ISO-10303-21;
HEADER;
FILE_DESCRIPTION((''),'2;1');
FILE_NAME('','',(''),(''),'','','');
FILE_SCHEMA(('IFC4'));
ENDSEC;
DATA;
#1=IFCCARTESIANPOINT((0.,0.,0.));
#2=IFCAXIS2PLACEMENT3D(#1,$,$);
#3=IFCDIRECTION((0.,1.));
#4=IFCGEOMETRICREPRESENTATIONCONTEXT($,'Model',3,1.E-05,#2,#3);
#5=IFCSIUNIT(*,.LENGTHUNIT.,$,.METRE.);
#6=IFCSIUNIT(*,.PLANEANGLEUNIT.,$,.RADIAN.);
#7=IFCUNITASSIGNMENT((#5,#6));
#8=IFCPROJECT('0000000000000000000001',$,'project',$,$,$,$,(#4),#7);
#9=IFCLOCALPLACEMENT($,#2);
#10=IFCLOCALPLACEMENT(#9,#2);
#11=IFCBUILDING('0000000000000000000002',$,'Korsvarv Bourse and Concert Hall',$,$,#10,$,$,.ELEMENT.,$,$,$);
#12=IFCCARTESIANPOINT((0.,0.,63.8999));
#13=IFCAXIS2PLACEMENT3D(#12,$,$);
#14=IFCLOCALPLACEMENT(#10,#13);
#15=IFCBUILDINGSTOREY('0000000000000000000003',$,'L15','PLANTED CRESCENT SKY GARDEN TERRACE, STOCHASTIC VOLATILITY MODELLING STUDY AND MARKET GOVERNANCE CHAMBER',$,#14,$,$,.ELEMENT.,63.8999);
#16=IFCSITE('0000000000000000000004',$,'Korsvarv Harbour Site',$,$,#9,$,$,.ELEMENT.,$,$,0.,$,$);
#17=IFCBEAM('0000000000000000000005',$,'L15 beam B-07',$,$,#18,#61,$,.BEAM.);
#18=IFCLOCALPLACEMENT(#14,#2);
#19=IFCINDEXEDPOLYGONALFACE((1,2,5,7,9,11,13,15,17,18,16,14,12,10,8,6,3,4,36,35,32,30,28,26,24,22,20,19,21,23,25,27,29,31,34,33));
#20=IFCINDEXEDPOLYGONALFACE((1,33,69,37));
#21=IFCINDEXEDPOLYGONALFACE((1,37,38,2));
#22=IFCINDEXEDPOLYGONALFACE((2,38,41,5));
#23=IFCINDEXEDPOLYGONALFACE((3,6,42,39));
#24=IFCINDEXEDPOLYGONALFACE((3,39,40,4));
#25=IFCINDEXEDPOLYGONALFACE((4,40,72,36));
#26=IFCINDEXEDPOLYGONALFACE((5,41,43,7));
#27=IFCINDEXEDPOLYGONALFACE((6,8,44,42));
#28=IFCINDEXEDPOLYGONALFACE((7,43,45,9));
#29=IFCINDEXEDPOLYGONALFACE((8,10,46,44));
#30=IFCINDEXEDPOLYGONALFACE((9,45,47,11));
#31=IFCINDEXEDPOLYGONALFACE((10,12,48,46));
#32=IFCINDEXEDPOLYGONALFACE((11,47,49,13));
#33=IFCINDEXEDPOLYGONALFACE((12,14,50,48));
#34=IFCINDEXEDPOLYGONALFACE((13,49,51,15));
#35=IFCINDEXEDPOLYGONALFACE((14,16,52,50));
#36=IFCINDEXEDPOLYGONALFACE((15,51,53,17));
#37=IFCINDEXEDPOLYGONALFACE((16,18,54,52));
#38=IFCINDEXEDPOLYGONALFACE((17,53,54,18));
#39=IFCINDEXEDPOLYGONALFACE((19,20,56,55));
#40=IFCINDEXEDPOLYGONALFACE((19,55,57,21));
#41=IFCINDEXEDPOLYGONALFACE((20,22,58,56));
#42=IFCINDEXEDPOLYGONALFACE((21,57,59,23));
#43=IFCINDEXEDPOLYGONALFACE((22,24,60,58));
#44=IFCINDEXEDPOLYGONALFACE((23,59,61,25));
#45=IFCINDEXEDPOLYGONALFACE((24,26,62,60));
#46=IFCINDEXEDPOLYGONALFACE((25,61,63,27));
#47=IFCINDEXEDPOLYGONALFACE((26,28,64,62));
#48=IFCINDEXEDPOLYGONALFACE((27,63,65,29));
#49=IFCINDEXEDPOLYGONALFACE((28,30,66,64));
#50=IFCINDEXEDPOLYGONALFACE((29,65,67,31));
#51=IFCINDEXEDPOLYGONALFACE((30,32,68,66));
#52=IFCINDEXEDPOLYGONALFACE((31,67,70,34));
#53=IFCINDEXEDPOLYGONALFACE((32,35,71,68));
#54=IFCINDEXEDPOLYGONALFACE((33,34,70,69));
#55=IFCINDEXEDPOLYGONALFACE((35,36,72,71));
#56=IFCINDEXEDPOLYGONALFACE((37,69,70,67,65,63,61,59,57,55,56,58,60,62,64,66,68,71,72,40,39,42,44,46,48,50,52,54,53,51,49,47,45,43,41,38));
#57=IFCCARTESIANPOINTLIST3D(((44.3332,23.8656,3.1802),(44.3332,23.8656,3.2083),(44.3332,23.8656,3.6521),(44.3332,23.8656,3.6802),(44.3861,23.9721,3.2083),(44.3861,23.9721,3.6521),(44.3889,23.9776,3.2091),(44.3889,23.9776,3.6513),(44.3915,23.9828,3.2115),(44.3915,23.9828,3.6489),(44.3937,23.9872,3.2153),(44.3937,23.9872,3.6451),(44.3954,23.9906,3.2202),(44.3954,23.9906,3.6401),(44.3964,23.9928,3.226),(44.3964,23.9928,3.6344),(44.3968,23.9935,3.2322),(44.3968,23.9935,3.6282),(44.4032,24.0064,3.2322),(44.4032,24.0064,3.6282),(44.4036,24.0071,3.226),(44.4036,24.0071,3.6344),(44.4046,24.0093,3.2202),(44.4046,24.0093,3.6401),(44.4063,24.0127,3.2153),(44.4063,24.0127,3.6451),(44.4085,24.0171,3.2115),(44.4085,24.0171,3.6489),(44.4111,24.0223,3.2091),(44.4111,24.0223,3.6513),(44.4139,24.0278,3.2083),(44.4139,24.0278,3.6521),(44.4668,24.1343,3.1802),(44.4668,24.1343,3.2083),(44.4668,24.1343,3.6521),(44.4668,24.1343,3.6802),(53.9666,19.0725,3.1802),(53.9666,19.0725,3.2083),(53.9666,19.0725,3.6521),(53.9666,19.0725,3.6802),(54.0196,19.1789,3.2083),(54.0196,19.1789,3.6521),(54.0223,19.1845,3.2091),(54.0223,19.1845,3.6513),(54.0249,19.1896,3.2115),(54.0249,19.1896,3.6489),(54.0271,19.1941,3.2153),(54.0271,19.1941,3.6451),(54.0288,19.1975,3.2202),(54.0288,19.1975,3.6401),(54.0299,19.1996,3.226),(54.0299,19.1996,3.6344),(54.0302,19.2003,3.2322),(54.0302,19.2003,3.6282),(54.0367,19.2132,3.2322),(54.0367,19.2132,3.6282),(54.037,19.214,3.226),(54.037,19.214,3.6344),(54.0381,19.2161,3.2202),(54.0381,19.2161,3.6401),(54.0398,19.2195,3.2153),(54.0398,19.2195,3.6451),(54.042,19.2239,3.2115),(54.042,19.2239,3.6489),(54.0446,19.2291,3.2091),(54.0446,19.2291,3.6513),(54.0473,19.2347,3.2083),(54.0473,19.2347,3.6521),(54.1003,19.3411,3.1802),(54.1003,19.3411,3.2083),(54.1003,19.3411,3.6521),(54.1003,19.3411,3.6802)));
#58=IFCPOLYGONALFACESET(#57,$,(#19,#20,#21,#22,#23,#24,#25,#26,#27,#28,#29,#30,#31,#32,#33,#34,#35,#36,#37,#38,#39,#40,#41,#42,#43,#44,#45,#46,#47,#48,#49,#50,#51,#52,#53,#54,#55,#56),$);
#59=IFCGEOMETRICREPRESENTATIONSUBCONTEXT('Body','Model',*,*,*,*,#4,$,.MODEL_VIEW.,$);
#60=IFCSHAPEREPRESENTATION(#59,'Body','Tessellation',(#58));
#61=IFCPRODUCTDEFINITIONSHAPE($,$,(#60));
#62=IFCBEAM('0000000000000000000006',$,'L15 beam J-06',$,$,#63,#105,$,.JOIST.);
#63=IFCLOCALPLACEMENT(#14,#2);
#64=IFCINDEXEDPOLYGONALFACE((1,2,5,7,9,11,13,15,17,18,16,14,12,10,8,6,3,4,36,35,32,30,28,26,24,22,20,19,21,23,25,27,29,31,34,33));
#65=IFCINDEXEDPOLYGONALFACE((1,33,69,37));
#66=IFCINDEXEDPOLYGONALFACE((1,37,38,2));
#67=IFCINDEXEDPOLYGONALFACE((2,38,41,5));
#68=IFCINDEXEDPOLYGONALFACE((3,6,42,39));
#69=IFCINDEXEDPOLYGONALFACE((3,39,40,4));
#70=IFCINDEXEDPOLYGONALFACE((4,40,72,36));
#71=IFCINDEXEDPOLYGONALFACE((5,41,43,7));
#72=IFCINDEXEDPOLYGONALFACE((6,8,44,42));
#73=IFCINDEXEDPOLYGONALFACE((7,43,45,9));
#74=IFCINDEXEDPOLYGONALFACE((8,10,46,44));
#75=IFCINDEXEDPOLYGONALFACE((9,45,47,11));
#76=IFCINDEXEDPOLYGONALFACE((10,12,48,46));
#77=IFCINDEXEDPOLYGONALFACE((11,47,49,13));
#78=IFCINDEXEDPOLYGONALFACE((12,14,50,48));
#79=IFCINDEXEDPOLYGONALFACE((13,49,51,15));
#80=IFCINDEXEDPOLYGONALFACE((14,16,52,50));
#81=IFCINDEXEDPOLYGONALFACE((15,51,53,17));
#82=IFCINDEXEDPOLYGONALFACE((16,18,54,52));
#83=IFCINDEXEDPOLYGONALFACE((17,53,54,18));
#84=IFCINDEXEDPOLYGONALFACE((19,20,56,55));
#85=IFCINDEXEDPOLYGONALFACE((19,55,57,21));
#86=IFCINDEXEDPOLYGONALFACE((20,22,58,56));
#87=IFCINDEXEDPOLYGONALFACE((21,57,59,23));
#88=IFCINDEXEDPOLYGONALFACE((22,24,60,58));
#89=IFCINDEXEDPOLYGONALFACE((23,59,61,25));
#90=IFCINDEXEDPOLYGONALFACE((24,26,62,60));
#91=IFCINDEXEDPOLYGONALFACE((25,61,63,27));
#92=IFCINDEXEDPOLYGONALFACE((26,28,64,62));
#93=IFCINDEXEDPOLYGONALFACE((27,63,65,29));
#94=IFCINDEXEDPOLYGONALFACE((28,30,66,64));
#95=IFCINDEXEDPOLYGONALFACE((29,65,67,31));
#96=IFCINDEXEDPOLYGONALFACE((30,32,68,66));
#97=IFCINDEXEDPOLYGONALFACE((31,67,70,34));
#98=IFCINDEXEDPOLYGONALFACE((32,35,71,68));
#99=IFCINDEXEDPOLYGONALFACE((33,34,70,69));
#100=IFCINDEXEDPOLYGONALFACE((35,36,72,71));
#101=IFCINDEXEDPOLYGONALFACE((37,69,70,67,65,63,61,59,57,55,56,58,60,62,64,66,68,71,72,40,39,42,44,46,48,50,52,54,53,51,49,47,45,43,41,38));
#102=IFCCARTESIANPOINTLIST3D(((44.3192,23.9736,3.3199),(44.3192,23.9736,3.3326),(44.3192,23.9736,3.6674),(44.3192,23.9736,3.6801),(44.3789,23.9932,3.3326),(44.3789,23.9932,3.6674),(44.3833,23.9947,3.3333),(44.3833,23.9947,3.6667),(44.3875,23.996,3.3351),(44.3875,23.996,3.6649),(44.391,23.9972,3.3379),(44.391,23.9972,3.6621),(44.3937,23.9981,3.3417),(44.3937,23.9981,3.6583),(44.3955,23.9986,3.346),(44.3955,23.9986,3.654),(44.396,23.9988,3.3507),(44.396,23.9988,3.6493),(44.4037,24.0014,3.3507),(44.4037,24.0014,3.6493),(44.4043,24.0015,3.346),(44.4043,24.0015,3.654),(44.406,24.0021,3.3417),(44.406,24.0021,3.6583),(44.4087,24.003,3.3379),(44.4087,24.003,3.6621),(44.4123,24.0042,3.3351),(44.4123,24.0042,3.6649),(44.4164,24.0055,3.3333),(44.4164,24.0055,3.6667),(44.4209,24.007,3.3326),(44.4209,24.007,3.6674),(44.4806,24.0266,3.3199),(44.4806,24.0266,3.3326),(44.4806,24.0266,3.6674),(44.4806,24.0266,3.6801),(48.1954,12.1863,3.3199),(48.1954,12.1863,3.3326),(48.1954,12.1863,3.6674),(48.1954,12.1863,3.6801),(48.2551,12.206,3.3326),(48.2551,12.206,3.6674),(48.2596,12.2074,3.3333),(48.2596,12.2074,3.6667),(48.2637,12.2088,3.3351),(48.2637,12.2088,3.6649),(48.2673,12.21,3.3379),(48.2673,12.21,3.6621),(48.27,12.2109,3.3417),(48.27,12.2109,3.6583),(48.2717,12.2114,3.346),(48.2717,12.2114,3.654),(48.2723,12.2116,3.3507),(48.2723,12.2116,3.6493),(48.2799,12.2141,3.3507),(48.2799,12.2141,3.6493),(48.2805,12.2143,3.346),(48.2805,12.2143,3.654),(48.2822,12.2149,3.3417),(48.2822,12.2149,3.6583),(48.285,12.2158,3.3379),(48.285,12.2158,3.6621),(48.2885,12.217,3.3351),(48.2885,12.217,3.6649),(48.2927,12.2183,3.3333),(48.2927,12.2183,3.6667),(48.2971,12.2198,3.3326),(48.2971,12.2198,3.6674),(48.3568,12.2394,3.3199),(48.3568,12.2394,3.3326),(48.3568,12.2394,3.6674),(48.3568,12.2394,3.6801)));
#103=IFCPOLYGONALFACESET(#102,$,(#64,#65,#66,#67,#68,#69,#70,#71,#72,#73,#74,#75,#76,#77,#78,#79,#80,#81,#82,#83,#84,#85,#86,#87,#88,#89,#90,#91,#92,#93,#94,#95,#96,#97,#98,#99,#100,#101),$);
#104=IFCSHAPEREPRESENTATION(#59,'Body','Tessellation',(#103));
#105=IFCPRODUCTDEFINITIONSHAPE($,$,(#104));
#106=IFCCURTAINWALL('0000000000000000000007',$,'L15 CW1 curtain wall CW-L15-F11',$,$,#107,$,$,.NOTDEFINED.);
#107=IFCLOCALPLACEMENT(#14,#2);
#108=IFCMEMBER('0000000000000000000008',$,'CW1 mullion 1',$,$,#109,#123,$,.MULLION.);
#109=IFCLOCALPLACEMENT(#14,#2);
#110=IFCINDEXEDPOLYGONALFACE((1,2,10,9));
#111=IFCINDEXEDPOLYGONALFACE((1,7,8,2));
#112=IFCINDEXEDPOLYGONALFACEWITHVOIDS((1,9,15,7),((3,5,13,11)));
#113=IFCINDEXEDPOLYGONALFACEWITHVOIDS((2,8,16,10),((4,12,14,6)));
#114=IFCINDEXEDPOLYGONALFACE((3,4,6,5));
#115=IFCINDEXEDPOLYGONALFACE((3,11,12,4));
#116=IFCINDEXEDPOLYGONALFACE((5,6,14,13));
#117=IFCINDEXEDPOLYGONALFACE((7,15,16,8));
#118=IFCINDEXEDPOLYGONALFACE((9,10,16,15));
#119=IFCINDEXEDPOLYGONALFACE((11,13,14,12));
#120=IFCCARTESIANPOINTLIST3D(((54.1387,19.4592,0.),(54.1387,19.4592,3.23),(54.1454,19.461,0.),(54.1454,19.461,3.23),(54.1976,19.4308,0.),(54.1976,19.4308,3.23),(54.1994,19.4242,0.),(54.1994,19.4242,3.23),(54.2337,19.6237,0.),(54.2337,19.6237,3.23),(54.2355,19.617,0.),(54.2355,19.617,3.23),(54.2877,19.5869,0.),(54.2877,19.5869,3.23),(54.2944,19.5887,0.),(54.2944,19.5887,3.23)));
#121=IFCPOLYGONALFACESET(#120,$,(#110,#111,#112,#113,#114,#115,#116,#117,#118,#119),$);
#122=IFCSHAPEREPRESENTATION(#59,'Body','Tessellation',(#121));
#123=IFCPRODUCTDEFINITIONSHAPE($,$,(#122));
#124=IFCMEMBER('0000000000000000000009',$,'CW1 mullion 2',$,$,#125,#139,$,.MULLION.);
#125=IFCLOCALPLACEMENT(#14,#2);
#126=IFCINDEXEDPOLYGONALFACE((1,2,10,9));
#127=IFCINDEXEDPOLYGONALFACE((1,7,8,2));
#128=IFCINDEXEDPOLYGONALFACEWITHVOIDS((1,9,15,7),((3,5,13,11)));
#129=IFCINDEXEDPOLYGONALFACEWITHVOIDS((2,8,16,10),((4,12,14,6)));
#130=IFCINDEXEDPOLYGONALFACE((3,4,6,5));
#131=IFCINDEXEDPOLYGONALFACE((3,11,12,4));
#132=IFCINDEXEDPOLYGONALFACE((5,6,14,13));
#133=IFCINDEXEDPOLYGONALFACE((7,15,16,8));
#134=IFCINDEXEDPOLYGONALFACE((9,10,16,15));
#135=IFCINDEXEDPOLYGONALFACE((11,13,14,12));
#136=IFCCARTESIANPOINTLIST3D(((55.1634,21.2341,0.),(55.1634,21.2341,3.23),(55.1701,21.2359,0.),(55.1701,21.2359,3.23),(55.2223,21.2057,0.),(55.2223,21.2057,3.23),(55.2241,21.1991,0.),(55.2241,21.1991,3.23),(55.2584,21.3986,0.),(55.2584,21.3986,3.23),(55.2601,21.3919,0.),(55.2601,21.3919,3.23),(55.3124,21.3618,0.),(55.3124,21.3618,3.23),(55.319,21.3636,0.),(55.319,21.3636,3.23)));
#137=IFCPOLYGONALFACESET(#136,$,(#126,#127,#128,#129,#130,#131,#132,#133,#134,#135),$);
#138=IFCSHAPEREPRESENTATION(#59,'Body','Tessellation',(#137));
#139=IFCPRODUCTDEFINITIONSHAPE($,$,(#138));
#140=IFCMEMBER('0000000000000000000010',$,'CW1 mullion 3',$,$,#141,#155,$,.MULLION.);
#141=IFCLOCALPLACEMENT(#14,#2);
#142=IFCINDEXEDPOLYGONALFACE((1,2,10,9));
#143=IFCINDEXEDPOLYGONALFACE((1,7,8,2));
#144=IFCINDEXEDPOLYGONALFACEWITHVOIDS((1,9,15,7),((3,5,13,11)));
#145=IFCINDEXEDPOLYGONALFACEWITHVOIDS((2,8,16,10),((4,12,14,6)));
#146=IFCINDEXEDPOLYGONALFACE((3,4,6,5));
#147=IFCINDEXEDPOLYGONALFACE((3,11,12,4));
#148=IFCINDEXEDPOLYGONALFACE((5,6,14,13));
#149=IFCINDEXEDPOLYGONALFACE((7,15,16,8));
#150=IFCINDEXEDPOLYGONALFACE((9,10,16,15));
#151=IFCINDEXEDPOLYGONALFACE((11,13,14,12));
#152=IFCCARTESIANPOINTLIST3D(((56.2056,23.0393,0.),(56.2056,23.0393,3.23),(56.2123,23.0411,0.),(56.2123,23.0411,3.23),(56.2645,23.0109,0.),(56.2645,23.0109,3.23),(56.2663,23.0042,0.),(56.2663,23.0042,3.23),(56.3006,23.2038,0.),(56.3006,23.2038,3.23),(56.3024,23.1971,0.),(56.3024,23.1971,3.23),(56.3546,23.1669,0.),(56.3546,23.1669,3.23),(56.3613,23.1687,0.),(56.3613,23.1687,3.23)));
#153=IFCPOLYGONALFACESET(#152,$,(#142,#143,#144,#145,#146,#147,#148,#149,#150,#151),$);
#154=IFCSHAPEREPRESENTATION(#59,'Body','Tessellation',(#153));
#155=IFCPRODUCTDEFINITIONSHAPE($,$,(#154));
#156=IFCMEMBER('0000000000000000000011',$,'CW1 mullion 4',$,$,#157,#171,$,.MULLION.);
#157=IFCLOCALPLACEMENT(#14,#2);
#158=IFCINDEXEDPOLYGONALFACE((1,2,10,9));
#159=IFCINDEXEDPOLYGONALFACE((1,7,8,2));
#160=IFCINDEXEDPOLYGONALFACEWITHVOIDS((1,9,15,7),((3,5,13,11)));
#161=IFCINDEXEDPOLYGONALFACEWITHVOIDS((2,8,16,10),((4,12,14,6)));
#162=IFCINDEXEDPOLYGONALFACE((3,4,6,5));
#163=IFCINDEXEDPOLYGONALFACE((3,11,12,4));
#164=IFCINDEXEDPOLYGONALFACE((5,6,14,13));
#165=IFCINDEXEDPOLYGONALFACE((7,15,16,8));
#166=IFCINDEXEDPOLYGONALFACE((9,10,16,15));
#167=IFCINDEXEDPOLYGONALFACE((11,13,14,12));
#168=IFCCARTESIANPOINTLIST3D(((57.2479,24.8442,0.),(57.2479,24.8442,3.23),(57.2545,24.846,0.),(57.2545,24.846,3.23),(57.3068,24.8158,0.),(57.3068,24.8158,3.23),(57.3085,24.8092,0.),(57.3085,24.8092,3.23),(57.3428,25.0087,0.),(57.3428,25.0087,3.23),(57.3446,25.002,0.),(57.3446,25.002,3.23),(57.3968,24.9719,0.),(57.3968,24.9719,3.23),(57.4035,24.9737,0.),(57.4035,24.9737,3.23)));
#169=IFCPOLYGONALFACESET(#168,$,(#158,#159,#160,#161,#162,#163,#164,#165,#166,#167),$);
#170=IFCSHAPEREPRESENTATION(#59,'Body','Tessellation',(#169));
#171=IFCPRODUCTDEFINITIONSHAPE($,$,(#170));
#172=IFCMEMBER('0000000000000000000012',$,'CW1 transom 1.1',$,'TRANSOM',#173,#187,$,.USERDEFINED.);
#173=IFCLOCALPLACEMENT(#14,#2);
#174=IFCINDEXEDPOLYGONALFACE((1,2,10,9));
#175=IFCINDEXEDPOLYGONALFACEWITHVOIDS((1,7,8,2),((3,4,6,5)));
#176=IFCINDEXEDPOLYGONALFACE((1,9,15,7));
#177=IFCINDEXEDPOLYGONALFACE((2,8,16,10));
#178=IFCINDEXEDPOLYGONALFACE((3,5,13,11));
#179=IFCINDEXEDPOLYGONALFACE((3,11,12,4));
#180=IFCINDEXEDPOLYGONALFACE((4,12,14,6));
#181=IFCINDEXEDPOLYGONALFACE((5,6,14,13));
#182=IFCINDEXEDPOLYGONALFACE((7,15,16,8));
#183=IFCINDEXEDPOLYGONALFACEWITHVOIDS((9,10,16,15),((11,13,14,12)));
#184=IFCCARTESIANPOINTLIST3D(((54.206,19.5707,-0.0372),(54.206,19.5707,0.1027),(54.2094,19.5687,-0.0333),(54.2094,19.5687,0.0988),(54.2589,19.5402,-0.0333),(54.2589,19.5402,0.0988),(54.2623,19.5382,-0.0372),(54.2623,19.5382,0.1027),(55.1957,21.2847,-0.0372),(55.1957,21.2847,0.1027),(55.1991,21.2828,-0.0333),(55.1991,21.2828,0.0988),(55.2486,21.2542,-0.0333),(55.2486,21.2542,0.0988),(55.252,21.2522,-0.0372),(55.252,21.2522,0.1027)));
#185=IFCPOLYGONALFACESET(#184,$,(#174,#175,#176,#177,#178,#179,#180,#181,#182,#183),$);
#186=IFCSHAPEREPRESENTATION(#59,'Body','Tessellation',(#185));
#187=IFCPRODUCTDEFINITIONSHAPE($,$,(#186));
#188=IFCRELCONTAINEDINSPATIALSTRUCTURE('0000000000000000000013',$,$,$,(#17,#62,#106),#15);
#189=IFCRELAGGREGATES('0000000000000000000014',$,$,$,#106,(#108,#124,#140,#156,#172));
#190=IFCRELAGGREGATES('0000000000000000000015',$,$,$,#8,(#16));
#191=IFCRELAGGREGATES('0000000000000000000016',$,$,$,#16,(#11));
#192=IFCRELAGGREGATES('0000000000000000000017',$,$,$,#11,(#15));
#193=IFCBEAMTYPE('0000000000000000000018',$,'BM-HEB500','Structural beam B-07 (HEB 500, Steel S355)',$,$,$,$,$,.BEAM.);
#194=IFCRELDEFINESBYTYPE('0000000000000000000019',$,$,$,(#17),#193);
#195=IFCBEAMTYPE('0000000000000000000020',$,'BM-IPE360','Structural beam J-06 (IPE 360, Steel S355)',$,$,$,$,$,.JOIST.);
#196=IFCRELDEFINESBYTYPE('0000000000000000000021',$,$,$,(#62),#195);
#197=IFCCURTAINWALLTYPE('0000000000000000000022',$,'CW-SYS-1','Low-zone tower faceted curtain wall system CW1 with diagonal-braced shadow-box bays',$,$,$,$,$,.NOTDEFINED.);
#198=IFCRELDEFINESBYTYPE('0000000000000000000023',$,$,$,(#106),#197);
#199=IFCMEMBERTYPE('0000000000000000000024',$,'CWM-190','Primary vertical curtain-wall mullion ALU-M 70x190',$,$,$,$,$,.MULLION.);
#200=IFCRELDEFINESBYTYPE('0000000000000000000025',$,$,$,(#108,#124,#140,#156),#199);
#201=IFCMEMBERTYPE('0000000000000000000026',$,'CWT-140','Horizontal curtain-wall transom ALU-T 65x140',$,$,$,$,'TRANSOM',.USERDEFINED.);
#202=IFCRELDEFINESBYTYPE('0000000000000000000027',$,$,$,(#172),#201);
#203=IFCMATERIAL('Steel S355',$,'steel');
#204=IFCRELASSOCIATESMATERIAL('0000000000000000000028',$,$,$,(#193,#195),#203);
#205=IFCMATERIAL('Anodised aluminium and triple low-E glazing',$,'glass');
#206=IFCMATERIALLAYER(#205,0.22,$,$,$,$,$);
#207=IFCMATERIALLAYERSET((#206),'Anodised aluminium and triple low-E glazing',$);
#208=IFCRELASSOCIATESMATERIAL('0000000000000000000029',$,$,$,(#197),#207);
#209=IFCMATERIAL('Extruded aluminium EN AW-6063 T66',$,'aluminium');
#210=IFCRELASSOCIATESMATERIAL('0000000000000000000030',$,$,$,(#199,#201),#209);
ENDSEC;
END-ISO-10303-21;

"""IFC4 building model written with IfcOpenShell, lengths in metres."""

from ifc_helpers import new_model, si_unit, direction, frame, origin, origin_2d, place, context, subcontext, project, spatial, hollow_rectangle, i_section, extrude, source, transform, mapped, material, layer, layer_set, material_profile, profile_set, type_object, element, aggregate, save


model = new_model("IFC4")

# Units and contexts
model_context = context("Model", 3, precision=1e-05, world=origin(), true_north=direction((0.0, 1.0)))
body_context = subcontext(model_context, "Body", "Model", "MODEL_VIEW")
ifc_project = project(units=[si_unit("LENGTHUNIT", "METRE"), si_unit("PLANEANGLEUNIT", "RADIAN")], contexts=[model_context])

# Site, building, storey
site_placement = place(None, origin())
site = spatial("IfcSite", under=ifc_project, at=site_placement, Name="Korsvarv Harbour Site", CompositionType="ELEMENT", RefElevation=0.0)
building_placement = place(site_placement, origin())
building = spatial("IfcBuilding", under=site, at=building_placement, Name="Korsvarv Bourse and Concert Hall", CompositionType="ELEMENT")
storey_placement = place(building_placement, frame((0.0, 0.0, 63.8999)))
storey = spatial("IfcBuildingStorey", under=building, at=storey_placement, Name="L15", Description="PLANTED CRESCENT SKY GARDEN TERRACE, STOCHASTIC VOLATILITY MODELLING STUDY AND MARKET GOVERNANCE CHAMBER", CompositionType="ELEMENT", Elevation=63.8999)

# Beams
ifc_material_1 = material(Name="Steel S355", Category="steel")
ifc_material_profile_1 = material_profile(ifc_material_1, i_section(OverallWidth=0.3, OverallDepth=0.5, WebThickness=0.0144, FlangeThickness=0.0281, FilletRadius=0.0239, at=origin_2d()), Name="HEB 500")
ifc_profile_set_1 = profile_set([ifc_material_profile_1], Name="Steel S355")
beam_type_1 = type_object("IfcBeamType", Name="BM-HEB500", Description="Structural beam B-07 (HEB 500, Steel S355)", PredefinedType="BEAM", material=ifc_profile_set_1)
shared_shape_1 = source(origin(), body_context, "Body", "SweptSolid", [
    extrude(i_section(OverallWidth=0.3, OverallDepth=0.5, WebThickness=0.0144, FlangeThickness=0.0281, FilletRadius=0.0239, at=origin_2d()), origin(), (0.0, 0.0, 1.0), 10.76),
])
beam_1_placement = place(storey_placement, frame((54.0334, 19.2068, 3.4302), z_axis=(-0.895301, 0.445461, 0.0), x_axis=(-0.445461, -0.895301, 0.0)))
element("IfcBeam", 1, at=beam_1_placement, inside=storey, type_object=beam_type_1, Name="L15 beam B-07", PredefinedType="BEAM", context=body_context, shape_type="MappedRepresentation", body=[
    mapped(shared_shape_1, transform((0.0, 0.0, 0.0), scale=1.0)),
])
ifc_material_profile_2 = material_profile(ifc_material_1, i_section(OverallWidth=0.1699, OverallDepth=0.3601, WebThickness=0.0081, FlangeThickness=0.0127, FilletRadius=0.0181, at=origin_2d()), Name="IPE 360")
ifc_profile_set_2 = profile_set([ifc_material_profile_2], Name="Steel S355")
beam_type_2 = type_object("IfcBeamType", Name="BM-IPE360", Description="Structural beam J-06 (IPE 360, Steel S355)", PredefinedType="JOIST", material=ifc_profile_set_2)
shared_shape_2 = source(origin(), body_context, "Body", "SweptSolid", [
    extrude(i_section(OverallWidth=0.1699, OverallDepth=0.3601, WebThickness=0.0081, FlangeThickness=0.0127, FilletRadius=0.0181, at=origin_2d()), origin(), (0.0, 0.0, 1.0), 12.4082),
])
beam_2_placement = place(storey_placement, frame((48.2761, 12.2129, 3.5), z_axis=(-0.312394, 0.949953, 0.0), x_axis=(-0.949953, -0.312394, 0.0)))
element("IfcBeam", 2, at=beam_2_placement, inside=storey, type_object=beam_type_2, Name="L15 beam J-06", PredefinedType="JOIST", context=body_context, shape_type="MappedRepresentation", body=[
    mapped(shared_shape_2, transform((0.0, 0.0, 0.0), scale=1.0)),
])

# Curtain wall, members
ifc_material_2 = material(Name="Anodised aluminium and triple low-E glazing", Category="glass")
ifc_layer_1 = layer(ifc_material_2, 0.22)
ifc_layer_set_1 = layer_set([ifc_layer_1], Name="Anodised aluminium and triple low-E glazing")
curtain_wall_type = type_object("IfcCurtainWallType", Name="CW-SYS-1", Description="Low-zone tower faceted curtain wall system CW1 with diagonal-braced shadow-box bays", PredefinedType="NOTDEFINED", material=ifc_layer_set_1)
curtain_wall_placement = place(storey_placement, origin())
curtain_wall = element("IfcCurtainWall", 3, at=curtain_wall_placement, inside=storey, type_object=curtain_wall_type, Name="L15 CW1 curtain wall CW-L15-F11", PredefinedType="NOTDEFINED")
ifc_material_3 = material(Name="Extruded aluminium EN AW-6063 T66", Category="aluminium")
ifc_material_profile_3 = material_profile(ifc_material_3, hollow_rectangle(XDim=0.0701, YDim=0.1899, WallThickness=0.0049, at=origin_2d()), Name="ALU-M 70x190")
ifc_profile_set_3 = profile_set([ifc_material_profile_3], Name="Extruded aluminium EN AW-6063 T66")
member_type_1 = type_object("IfcMemberType", Name="CWM-190", Description="Primary vertical curtain-wall mullion ALU-M 70x190", PredefinedType="MULLION", material=ifc_profile_set_3)
shared_shape_3 = source(origin(), body_context, "Body", "SweptSolid", [
    extrude(hollow_rectangle(XDim=0.0701, YDim=0.1899, WallThickness=0.0049, at=origin_2d()), origin(), (0.0, 0.0, 1.0), 3.23),
])
member_1_placement = place(storey_placement, frame((54.2166, 19.5239, 0.0), z_axis=(0.0, 0.0, 1.0), x_axis=(-0.866022, 0.500006, 0.0)))
member_1 = element("IfcMember", 4, at=member_1_placement, type_object=member_type_1, Name="CW1 mullion 1", PredefinedType="MULLION", context=body_context, shape_type="MappedRepresentation", body=[
    mapped(shared_shape_3, transform((0.0, 0.0, 0.0), scale=1.0)),
])
member_2_placement = place(storey_placement, frame((55.2412, 21.2988, 0.0), z_axis=(0.0, 0.0, 1.0), x_axis=(-0.866022, 0.500006, 0.0)))
member_2 = element("IfcMember", 5, at=member_2_placement, type_object=member_type_1, Name="CW1 mullion 2", PredefinedType="MULLION", context=body_context, shape_type="MappedRepresentation", body=[
    mapped(shared_shape_3, transform((0.0, 0.0, 0.0), scale=1.0)),
])
member_3_placement = place(storey_placement, frame((56.2834, 23.104, 0.0), z_axis=(0.0, 0.0, 1.0), x_axis=(-0.866022, 0.500006, 0.0)))
member_3 = element("IfcMember", 6, at=member_3_placement, type_object=member_type_1, Name="CW1 mullion 3", PredefinedType="MULLION", context=body_context, shape_type="MappedRepresentation", body=[
    mapped(shared_shape_3, transform((0.0, 0.0, 0.0), scale=1.0)),
])
member_4_placement = place(storey_placement, frame((57.3257, 24.9089, 0.0), z_axis=(0.0, 0.0, 1.0), x_axis=(-0.866022, 0.500006, 0.0)))
member_4 = element("IfcMember", 7, at=member_4_placement, type_object=member_type_1, Name="CW1 mullion 4", PredefinedType="MULLION", context=body_context, shape_type="MappedRepresentation", body=[
    mapped(shared_shape_3, transform((0.0, 0.0, 0.0), scale=1.0)),
])
ifc_material_profile_4 = material_profile(ifc_material_3, hollow_rectangle(XDim=0.0649, YDim=0.1399, WallThickness=0.0039, at=origin_2d()), Name="ALU-T 65x140")
ifc_profile_set_4 = profile_set([ifc_material_profile_4], Name="Extruded aluminium EN AW-6063 T66")
member_type_2 = type_object("IfcMemberType", Name="CWT-140", Description="Horizontal curtain-wall transom ALU-T 65x140", ElementType="TRANSOM", PredefinedType="USERDEFINED", material=ifc_profile_set_4)
shared_shape_4 = source(origin(), body_context, "Body", "SweptSolid", [
    extrude(hollow_rectangle(XDim=0.0649, YDim=0.1399, WallThickness=0.0039, at=origin_2d()), origin(), (0.0, 0.0, 1.0), 1.9792),
])
member_5_placement = place(storey_placement, frame((54.2341, 19.5544, 0.0327), z_axis=(0.500039, 0.866003, 0.0), x_axis=(-0.866003, 0.500039, 0.0)))
member_5 = element("IfcMember", 8, at=member_5_placement, type_object=member_type_2, Name="CW1 transom 1.1", ObjectType="TRANSOM", PredefinedType="USERDEFINED", context=body_context, shape_type="MappedRepresentation", body=[
    mapped(shared_shape_4, transform((0.0, 0.0, 0.0), scale=1.0)),
])
aggregate(curtain_wall, [member_1, member_2, member_3, member_4, member_5])

save(model, "model.ifc")
